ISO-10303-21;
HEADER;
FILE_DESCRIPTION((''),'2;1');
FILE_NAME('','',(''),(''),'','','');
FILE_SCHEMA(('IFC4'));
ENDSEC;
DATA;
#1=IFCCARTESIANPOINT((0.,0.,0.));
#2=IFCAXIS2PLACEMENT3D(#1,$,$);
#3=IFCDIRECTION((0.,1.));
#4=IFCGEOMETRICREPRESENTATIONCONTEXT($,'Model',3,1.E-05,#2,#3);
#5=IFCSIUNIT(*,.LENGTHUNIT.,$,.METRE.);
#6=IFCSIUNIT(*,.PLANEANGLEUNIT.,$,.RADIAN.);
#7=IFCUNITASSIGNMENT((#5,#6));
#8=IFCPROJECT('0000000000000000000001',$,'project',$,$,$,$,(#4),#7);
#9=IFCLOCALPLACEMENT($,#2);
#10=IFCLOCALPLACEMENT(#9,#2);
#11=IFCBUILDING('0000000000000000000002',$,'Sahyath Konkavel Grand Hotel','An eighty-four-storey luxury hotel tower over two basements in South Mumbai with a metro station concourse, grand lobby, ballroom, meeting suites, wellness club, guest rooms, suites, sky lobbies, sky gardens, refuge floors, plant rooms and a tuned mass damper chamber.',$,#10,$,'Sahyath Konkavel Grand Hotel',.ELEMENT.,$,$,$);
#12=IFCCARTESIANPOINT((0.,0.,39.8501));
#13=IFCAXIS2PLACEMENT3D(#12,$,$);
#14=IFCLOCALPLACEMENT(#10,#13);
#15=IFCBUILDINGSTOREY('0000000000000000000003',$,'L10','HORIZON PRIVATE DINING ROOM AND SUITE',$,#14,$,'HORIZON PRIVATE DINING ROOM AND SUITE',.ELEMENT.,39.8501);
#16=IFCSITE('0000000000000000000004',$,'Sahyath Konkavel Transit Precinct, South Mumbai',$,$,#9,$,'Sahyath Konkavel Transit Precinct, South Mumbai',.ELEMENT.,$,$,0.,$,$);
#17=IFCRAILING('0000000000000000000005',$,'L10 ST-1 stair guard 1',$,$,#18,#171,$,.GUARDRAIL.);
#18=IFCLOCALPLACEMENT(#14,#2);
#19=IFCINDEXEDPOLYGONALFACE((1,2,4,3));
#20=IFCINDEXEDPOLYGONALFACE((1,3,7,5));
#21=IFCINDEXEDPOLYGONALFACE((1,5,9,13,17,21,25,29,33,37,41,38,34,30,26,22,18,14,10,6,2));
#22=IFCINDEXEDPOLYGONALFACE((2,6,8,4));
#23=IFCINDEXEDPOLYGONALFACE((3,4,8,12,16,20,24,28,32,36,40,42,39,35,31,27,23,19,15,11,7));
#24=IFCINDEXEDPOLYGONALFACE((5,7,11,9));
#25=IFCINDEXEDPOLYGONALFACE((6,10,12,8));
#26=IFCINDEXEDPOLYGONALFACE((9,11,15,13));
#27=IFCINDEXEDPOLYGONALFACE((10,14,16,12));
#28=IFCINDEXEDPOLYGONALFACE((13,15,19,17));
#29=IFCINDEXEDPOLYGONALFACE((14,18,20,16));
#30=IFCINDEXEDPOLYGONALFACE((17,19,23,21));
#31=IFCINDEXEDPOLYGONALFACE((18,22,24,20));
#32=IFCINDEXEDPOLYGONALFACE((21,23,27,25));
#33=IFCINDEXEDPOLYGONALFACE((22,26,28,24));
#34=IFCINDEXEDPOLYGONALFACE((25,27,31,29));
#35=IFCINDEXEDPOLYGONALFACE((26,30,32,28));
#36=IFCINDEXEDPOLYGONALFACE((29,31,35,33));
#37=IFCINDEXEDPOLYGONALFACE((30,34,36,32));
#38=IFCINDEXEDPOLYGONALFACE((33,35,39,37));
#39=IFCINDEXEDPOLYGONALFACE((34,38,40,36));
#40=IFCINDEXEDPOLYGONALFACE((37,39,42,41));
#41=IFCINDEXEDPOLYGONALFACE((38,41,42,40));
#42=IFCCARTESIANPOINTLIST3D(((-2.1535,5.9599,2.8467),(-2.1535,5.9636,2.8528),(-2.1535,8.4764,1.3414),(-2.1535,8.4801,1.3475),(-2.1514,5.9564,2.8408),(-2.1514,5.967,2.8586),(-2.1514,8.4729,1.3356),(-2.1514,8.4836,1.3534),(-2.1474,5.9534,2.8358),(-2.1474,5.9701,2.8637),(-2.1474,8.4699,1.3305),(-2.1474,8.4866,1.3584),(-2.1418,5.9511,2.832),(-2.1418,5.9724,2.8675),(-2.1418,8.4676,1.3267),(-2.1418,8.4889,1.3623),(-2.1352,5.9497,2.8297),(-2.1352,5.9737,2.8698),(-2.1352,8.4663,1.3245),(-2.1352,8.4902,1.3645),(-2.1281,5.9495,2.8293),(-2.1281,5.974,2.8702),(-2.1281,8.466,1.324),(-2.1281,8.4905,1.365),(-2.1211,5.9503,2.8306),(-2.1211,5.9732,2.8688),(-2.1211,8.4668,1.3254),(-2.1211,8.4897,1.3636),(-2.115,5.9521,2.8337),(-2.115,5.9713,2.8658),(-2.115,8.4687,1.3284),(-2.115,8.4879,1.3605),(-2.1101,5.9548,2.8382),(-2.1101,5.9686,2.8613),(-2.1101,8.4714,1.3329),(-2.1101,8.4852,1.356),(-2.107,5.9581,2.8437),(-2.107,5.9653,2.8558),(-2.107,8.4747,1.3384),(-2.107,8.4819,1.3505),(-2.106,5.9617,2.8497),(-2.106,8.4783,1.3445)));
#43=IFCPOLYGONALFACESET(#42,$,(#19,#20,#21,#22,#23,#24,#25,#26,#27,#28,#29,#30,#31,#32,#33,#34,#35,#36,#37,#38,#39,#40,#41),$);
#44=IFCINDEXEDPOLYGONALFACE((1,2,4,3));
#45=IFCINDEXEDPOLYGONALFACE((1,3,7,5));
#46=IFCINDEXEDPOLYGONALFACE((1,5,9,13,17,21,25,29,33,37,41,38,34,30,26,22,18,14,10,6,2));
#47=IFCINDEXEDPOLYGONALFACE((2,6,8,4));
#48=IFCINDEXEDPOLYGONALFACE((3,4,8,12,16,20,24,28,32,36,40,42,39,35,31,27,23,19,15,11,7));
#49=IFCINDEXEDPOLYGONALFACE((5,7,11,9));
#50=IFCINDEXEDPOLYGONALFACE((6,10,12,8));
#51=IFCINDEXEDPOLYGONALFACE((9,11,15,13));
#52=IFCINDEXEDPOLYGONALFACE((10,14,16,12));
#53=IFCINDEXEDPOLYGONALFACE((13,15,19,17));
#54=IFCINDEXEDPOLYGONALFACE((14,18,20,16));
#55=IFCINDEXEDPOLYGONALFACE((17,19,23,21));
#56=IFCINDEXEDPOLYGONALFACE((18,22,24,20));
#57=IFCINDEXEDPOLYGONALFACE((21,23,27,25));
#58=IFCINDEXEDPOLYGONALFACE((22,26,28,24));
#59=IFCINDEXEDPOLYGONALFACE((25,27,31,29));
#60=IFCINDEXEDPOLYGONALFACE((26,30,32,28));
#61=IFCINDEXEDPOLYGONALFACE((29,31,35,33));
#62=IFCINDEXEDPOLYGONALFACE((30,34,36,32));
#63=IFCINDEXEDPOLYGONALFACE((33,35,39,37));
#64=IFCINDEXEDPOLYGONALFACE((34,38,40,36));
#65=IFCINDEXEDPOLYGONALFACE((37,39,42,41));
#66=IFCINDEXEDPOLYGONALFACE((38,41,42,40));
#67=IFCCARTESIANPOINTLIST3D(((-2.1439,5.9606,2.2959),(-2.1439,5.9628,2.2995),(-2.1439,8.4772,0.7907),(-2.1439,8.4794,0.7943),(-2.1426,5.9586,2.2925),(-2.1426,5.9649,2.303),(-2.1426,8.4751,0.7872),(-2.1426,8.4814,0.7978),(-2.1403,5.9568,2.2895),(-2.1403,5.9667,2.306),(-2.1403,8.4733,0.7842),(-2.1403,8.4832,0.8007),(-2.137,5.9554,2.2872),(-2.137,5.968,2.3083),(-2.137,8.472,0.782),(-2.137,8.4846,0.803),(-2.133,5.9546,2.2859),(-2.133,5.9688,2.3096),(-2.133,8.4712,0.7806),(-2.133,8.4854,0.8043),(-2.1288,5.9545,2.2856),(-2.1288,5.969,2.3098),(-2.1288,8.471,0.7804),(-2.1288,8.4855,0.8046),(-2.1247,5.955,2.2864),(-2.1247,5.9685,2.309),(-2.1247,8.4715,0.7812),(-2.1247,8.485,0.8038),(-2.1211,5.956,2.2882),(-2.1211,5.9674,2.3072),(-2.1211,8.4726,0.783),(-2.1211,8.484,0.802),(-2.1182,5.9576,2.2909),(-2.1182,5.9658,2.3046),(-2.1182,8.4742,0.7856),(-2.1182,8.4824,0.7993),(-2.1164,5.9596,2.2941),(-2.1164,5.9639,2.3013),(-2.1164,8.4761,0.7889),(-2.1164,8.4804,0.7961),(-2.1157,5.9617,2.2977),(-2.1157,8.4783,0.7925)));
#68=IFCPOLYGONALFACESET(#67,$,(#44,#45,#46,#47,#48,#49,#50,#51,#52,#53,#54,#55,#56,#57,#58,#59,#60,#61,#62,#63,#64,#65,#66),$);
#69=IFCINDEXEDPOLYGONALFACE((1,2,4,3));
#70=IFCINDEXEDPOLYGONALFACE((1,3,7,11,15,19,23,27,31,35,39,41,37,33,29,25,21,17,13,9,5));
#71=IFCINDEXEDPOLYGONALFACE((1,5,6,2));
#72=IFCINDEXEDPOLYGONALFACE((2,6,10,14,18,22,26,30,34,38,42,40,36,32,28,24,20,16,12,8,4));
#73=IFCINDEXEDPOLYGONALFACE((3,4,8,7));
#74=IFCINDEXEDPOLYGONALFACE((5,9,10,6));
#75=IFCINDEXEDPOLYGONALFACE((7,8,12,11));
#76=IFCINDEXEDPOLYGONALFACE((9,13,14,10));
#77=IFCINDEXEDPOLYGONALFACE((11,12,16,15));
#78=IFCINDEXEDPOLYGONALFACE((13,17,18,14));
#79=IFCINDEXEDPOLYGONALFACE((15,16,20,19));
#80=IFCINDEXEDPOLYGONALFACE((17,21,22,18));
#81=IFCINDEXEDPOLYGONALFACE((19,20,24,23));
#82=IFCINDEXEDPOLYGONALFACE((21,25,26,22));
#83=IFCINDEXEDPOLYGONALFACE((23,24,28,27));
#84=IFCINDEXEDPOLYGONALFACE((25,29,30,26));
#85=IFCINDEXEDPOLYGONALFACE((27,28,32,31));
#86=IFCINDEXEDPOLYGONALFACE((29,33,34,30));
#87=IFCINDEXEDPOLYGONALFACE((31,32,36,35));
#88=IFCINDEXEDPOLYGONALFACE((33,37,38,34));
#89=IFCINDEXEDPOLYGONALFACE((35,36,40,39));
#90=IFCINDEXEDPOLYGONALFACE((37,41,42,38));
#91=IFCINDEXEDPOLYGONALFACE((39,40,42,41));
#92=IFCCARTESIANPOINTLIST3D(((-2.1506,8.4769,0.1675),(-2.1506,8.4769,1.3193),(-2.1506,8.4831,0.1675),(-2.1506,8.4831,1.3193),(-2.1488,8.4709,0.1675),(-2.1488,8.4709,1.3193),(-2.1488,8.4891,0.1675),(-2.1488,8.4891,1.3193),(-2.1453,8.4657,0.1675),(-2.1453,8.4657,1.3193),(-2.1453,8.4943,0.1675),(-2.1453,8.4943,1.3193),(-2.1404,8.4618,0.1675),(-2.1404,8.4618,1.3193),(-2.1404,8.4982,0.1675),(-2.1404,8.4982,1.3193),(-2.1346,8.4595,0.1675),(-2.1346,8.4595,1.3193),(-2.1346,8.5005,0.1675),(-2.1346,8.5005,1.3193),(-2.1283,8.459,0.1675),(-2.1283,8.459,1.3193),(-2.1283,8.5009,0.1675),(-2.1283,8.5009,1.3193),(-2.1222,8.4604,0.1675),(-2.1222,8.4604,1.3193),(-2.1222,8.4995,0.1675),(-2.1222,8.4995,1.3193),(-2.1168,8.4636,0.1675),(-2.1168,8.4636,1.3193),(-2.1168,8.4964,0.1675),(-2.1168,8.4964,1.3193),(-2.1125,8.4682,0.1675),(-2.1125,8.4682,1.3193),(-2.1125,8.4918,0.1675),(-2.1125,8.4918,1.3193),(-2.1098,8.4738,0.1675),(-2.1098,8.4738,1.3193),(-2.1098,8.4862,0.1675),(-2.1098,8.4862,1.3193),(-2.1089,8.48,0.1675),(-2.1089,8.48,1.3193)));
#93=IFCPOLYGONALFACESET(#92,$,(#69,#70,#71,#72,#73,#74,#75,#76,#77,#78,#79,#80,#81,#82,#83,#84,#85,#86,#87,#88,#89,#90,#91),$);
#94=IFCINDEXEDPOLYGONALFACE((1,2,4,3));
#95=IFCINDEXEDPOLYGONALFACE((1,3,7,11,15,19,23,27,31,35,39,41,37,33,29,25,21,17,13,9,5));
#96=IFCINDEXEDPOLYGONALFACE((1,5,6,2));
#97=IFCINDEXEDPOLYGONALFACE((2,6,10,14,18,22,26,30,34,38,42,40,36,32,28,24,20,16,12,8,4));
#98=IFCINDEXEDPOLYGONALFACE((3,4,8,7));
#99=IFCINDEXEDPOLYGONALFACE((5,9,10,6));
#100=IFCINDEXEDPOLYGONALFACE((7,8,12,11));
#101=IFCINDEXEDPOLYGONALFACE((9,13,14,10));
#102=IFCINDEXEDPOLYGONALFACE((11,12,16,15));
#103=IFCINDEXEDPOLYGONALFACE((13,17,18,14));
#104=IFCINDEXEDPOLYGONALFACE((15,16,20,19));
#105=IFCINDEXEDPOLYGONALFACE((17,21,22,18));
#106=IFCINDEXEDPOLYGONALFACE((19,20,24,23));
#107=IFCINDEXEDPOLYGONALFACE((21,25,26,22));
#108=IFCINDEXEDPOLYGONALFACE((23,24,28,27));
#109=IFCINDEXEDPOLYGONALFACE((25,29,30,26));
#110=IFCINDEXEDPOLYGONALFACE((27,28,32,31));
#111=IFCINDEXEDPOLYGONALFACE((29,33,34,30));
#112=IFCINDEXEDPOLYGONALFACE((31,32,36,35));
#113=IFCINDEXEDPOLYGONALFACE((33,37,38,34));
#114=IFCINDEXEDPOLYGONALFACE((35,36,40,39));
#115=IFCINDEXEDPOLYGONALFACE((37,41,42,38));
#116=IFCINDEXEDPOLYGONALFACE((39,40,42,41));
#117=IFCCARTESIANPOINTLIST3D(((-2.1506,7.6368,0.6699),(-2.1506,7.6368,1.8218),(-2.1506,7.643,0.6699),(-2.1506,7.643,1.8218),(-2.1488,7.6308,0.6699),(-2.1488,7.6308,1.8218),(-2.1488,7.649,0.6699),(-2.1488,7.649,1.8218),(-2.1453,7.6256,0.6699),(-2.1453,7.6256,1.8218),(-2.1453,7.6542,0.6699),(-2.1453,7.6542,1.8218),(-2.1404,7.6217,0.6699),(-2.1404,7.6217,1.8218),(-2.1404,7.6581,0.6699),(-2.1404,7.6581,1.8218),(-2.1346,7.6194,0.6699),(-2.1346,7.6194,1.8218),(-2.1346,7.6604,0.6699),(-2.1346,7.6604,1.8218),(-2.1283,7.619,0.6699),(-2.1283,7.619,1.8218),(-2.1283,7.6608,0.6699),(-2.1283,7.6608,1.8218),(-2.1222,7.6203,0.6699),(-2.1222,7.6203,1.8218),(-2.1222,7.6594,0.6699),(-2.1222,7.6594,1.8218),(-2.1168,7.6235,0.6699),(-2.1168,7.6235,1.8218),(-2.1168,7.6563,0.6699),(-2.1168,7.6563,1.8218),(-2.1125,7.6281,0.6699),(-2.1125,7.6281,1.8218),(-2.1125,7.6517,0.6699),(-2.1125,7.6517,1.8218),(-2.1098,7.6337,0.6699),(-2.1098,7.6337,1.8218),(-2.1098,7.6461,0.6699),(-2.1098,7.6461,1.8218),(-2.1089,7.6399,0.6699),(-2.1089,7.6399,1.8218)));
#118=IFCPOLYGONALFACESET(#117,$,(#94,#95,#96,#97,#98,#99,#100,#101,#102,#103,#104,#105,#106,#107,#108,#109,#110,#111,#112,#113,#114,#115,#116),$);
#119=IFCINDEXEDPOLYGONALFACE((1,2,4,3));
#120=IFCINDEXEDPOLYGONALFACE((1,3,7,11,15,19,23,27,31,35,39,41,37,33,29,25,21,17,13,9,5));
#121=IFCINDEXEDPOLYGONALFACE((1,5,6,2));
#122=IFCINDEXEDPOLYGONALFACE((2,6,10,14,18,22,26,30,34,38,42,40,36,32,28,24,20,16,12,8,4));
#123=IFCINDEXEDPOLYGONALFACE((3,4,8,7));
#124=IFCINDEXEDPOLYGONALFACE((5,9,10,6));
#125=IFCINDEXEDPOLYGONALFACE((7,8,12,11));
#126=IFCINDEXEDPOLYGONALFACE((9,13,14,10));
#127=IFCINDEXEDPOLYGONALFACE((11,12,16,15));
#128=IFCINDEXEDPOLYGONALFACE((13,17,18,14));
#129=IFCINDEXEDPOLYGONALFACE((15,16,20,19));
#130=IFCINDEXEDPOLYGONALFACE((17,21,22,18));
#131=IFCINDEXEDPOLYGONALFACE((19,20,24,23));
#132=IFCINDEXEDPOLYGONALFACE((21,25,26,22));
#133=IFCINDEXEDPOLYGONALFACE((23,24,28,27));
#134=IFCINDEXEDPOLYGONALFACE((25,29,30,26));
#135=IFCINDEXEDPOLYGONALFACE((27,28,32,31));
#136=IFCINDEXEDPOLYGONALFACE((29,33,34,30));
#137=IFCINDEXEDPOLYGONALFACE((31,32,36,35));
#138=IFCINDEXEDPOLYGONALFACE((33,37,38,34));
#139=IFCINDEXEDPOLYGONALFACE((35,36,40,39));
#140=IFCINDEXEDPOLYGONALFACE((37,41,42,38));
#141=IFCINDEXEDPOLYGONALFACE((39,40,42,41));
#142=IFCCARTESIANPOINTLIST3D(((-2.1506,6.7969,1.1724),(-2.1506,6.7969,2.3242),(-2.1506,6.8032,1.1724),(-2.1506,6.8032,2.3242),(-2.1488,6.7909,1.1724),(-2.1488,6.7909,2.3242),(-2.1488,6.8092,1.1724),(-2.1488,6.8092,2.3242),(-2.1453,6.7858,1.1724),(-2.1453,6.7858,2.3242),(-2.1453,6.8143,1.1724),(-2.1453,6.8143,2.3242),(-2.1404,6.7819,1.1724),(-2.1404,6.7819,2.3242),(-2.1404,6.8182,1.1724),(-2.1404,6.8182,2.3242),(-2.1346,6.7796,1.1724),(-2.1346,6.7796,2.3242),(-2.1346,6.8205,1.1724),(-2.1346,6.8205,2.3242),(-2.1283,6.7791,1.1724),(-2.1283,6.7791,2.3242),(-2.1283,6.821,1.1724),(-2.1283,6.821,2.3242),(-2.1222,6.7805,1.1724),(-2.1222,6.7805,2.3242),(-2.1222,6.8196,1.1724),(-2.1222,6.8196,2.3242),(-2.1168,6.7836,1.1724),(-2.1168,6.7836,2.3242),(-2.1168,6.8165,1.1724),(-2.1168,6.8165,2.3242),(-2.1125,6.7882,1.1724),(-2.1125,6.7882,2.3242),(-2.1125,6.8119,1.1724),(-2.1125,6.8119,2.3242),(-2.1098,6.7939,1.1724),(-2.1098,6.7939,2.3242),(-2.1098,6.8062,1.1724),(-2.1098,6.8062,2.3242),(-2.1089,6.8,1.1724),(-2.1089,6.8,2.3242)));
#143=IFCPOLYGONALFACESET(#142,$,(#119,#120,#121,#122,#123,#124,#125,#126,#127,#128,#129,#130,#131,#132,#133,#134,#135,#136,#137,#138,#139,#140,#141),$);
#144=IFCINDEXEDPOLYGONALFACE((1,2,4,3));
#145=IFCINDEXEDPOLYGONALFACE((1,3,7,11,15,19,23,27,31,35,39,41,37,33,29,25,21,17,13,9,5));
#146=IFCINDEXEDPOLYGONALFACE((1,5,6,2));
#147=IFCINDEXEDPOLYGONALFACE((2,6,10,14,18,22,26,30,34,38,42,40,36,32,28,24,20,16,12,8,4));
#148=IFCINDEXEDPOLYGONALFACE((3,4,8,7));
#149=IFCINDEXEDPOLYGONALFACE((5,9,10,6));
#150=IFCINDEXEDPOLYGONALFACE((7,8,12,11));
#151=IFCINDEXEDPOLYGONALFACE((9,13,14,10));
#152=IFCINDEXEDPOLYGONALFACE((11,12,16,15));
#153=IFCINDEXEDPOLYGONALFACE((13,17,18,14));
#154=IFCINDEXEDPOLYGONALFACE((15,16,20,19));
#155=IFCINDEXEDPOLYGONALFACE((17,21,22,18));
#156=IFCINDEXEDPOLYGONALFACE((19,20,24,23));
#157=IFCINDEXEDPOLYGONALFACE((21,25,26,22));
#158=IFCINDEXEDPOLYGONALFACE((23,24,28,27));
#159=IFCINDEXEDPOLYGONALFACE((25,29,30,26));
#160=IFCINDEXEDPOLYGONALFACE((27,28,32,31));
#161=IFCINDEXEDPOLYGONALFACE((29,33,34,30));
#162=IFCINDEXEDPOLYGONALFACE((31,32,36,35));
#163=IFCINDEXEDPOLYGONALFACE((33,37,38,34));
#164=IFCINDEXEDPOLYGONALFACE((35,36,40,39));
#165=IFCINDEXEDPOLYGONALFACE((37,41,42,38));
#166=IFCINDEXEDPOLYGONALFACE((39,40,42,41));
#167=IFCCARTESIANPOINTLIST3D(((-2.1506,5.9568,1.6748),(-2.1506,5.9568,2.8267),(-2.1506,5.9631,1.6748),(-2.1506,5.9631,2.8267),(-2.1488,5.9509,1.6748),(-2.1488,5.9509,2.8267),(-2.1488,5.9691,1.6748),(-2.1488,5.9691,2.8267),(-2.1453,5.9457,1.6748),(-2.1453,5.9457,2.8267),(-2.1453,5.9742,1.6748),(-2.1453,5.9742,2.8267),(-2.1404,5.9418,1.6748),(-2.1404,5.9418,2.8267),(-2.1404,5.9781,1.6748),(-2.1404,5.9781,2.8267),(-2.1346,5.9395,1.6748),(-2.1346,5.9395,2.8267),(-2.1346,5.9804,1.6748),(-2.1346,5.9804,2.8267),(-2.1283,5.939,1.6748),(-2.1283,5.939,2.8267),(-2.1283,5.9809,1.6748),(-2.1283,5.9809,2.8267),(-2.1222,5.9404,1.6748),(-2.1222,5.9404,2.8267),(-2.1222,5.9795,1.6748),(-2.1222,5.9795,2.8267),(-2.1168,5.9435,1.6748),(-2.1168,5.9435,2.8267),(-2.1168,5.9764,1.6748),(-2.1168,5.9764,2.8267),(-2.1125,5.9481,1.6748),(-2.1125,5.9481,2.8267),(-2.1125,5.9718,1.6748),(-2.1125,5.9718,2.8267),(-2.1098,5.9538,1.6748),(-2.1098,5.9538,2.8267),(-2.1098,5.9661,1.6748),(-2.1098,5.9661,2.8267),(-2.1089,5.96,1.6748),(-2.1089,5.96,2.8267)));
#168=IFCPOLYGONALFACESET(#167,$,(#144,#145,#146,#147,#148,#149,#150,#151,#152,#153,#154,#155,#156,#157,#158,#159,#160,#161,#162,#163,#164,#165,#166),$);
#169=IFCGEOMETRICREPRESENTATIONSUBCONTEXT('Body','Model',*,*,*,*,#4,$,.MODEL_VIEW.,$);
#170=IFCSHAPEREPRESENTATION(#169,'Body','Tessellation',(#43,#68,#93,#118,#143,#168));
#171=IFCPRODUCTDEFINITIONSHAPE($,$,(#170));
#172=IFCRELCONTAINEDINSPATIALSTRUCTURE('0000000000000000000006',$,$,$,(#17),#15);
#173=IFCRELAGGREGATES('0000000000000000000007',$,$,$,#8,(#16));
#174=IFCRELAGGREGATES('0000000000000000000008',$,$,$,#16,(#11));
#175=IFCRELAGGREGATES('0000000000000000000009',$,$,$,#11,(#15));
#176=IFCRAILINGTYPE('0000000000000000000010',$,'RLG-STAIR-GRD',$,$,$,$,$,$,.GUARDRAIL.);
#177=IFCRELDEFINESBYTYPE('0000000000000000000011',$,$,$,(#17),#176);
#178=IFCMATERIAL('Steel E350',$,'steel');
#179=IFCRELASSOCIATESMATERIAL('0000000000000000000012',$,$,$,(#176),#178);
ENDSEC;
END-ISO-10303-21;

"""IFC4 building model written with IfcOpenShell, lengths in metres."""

from ifc_helpers import new_model, si_unit, direction, frame, origin, origin_2d, place, context, subcontext, project, spatial, circle, extrude, material, type_object, element, save


model = new_model("IFC4")

# Units and contexts
model_context = context("Model", 3, precision=1e-05, world=origin(), true_north=direction((0.0, 1.0)))
body_context = subcontext(model_context, "Body", "Model", "MODEL_VIEW")
ifc_project = project(units=[si_unit("LENGTHUNIT", "METRE"), si_unit("PLANEANGLEUNIT", "RADIAN")], contexts=[model_context])

# Site, building, storey
site_placement = place(None, origin())
site = spatial("IfcSite", under=ifc_project, at=site_placement, Name="Sahyath Konkavel Transit Precinct, South Mumbai", LongName="Sahyath Konkavel Transit Precinct, South Mumbai", CompositionType="ELEMENT", RefElevation=0.0)
building_placement = place(site_placement, origin())
building = spatial("IfcBuilding", under=site, at=building_placement, Name="Sahyath Konkavel Grand Hotel", Description="An eighty-four-storey luxury hotel tower over two basements in South Mumbai with a metro station concourse, grand lobby, ballroom, meeting suites, wellness club, guest rooms, suites, sky lobbies, sky gardens, refuge floors, plant rooms and a tuned mass damper chamber.", LongName="Sahyath Konkavel Grand Hotel", CompositionType="ELEMENT")
storey_placement = place(building_placement, frame((0.0, 0.0, 39.8501)))
storey = spatial("IfcBuildingStorey", under=building, at=storey_placement, Name="L10", Description="HORIZON PRIVATE DINING ROOM AND SUITE", LongName="HORIZON PRIVATE DINING ROOM AND SUITE", CompositionType="ELEMENT", Elevation=39.8501)

# Shared definitions
ifc_material_1 = material(Name="Steel E350", Category="steel")

# Railing
railing_type_1 = type_object("IfcRailingType", Name="RLG-STAIR-GRD", PredefinedType="GUARDRAIL", material=ifc_material_1)
railing_1_placement = place(storey_placement, frame((-2.1299, 8.48, 0.1675)))
element("IfcRailing", 1, at=railing_1_placement, inside=storey, type_object=railing_type_1, Name="L10 ST-1 stair guard 1", PredefinedType="GUARDRAIL", context=body_context, shape_type="SweptSolid", body=[
    extrude(circle(Radius=0.0239, at=origin_2d()), frame((0.0, -0.0017, 1.177), z_axis=(0.0, -0.858196, 0.513321), x_axis=(1.0, 0.0, 0.0)), (0.0, 0.0, 1.0), 2.9324),
    extrude(circle(Radius=0.0142, at=origin_2d()), frame((0.0, -0.0017, 0.625), z_axis=(0.0, -0.858196, 0.513321), x_axis=(1.0, 0.0, 0.0)), (0.0, 0.0, 1.0), 2.9324),
    extrude(circle(Radius=0.021, at=origin_2d()), origin(), (0.0, 0.0, 1.0), 1.1519),
    extrude(circle(Radius=0.021, at=origin_2d()), frame((0.0, -0.8401, 0.5024)), (0.0, 0.0, 1.0), 1.1519),
    extrude(circle(Radius=0.021, at=origin_2d()), frame((0.0, -1.6799, 1.0049)), (0.0, 0.0, 1.0), 1.1519),
    extrude(circle(Radius=0.021, at=origin_2d()), frame((0.0, -2.52, 1.5073)), (0.0, 0.0, 1.0), 1.1519),
])

save(model, "model.ifc")
